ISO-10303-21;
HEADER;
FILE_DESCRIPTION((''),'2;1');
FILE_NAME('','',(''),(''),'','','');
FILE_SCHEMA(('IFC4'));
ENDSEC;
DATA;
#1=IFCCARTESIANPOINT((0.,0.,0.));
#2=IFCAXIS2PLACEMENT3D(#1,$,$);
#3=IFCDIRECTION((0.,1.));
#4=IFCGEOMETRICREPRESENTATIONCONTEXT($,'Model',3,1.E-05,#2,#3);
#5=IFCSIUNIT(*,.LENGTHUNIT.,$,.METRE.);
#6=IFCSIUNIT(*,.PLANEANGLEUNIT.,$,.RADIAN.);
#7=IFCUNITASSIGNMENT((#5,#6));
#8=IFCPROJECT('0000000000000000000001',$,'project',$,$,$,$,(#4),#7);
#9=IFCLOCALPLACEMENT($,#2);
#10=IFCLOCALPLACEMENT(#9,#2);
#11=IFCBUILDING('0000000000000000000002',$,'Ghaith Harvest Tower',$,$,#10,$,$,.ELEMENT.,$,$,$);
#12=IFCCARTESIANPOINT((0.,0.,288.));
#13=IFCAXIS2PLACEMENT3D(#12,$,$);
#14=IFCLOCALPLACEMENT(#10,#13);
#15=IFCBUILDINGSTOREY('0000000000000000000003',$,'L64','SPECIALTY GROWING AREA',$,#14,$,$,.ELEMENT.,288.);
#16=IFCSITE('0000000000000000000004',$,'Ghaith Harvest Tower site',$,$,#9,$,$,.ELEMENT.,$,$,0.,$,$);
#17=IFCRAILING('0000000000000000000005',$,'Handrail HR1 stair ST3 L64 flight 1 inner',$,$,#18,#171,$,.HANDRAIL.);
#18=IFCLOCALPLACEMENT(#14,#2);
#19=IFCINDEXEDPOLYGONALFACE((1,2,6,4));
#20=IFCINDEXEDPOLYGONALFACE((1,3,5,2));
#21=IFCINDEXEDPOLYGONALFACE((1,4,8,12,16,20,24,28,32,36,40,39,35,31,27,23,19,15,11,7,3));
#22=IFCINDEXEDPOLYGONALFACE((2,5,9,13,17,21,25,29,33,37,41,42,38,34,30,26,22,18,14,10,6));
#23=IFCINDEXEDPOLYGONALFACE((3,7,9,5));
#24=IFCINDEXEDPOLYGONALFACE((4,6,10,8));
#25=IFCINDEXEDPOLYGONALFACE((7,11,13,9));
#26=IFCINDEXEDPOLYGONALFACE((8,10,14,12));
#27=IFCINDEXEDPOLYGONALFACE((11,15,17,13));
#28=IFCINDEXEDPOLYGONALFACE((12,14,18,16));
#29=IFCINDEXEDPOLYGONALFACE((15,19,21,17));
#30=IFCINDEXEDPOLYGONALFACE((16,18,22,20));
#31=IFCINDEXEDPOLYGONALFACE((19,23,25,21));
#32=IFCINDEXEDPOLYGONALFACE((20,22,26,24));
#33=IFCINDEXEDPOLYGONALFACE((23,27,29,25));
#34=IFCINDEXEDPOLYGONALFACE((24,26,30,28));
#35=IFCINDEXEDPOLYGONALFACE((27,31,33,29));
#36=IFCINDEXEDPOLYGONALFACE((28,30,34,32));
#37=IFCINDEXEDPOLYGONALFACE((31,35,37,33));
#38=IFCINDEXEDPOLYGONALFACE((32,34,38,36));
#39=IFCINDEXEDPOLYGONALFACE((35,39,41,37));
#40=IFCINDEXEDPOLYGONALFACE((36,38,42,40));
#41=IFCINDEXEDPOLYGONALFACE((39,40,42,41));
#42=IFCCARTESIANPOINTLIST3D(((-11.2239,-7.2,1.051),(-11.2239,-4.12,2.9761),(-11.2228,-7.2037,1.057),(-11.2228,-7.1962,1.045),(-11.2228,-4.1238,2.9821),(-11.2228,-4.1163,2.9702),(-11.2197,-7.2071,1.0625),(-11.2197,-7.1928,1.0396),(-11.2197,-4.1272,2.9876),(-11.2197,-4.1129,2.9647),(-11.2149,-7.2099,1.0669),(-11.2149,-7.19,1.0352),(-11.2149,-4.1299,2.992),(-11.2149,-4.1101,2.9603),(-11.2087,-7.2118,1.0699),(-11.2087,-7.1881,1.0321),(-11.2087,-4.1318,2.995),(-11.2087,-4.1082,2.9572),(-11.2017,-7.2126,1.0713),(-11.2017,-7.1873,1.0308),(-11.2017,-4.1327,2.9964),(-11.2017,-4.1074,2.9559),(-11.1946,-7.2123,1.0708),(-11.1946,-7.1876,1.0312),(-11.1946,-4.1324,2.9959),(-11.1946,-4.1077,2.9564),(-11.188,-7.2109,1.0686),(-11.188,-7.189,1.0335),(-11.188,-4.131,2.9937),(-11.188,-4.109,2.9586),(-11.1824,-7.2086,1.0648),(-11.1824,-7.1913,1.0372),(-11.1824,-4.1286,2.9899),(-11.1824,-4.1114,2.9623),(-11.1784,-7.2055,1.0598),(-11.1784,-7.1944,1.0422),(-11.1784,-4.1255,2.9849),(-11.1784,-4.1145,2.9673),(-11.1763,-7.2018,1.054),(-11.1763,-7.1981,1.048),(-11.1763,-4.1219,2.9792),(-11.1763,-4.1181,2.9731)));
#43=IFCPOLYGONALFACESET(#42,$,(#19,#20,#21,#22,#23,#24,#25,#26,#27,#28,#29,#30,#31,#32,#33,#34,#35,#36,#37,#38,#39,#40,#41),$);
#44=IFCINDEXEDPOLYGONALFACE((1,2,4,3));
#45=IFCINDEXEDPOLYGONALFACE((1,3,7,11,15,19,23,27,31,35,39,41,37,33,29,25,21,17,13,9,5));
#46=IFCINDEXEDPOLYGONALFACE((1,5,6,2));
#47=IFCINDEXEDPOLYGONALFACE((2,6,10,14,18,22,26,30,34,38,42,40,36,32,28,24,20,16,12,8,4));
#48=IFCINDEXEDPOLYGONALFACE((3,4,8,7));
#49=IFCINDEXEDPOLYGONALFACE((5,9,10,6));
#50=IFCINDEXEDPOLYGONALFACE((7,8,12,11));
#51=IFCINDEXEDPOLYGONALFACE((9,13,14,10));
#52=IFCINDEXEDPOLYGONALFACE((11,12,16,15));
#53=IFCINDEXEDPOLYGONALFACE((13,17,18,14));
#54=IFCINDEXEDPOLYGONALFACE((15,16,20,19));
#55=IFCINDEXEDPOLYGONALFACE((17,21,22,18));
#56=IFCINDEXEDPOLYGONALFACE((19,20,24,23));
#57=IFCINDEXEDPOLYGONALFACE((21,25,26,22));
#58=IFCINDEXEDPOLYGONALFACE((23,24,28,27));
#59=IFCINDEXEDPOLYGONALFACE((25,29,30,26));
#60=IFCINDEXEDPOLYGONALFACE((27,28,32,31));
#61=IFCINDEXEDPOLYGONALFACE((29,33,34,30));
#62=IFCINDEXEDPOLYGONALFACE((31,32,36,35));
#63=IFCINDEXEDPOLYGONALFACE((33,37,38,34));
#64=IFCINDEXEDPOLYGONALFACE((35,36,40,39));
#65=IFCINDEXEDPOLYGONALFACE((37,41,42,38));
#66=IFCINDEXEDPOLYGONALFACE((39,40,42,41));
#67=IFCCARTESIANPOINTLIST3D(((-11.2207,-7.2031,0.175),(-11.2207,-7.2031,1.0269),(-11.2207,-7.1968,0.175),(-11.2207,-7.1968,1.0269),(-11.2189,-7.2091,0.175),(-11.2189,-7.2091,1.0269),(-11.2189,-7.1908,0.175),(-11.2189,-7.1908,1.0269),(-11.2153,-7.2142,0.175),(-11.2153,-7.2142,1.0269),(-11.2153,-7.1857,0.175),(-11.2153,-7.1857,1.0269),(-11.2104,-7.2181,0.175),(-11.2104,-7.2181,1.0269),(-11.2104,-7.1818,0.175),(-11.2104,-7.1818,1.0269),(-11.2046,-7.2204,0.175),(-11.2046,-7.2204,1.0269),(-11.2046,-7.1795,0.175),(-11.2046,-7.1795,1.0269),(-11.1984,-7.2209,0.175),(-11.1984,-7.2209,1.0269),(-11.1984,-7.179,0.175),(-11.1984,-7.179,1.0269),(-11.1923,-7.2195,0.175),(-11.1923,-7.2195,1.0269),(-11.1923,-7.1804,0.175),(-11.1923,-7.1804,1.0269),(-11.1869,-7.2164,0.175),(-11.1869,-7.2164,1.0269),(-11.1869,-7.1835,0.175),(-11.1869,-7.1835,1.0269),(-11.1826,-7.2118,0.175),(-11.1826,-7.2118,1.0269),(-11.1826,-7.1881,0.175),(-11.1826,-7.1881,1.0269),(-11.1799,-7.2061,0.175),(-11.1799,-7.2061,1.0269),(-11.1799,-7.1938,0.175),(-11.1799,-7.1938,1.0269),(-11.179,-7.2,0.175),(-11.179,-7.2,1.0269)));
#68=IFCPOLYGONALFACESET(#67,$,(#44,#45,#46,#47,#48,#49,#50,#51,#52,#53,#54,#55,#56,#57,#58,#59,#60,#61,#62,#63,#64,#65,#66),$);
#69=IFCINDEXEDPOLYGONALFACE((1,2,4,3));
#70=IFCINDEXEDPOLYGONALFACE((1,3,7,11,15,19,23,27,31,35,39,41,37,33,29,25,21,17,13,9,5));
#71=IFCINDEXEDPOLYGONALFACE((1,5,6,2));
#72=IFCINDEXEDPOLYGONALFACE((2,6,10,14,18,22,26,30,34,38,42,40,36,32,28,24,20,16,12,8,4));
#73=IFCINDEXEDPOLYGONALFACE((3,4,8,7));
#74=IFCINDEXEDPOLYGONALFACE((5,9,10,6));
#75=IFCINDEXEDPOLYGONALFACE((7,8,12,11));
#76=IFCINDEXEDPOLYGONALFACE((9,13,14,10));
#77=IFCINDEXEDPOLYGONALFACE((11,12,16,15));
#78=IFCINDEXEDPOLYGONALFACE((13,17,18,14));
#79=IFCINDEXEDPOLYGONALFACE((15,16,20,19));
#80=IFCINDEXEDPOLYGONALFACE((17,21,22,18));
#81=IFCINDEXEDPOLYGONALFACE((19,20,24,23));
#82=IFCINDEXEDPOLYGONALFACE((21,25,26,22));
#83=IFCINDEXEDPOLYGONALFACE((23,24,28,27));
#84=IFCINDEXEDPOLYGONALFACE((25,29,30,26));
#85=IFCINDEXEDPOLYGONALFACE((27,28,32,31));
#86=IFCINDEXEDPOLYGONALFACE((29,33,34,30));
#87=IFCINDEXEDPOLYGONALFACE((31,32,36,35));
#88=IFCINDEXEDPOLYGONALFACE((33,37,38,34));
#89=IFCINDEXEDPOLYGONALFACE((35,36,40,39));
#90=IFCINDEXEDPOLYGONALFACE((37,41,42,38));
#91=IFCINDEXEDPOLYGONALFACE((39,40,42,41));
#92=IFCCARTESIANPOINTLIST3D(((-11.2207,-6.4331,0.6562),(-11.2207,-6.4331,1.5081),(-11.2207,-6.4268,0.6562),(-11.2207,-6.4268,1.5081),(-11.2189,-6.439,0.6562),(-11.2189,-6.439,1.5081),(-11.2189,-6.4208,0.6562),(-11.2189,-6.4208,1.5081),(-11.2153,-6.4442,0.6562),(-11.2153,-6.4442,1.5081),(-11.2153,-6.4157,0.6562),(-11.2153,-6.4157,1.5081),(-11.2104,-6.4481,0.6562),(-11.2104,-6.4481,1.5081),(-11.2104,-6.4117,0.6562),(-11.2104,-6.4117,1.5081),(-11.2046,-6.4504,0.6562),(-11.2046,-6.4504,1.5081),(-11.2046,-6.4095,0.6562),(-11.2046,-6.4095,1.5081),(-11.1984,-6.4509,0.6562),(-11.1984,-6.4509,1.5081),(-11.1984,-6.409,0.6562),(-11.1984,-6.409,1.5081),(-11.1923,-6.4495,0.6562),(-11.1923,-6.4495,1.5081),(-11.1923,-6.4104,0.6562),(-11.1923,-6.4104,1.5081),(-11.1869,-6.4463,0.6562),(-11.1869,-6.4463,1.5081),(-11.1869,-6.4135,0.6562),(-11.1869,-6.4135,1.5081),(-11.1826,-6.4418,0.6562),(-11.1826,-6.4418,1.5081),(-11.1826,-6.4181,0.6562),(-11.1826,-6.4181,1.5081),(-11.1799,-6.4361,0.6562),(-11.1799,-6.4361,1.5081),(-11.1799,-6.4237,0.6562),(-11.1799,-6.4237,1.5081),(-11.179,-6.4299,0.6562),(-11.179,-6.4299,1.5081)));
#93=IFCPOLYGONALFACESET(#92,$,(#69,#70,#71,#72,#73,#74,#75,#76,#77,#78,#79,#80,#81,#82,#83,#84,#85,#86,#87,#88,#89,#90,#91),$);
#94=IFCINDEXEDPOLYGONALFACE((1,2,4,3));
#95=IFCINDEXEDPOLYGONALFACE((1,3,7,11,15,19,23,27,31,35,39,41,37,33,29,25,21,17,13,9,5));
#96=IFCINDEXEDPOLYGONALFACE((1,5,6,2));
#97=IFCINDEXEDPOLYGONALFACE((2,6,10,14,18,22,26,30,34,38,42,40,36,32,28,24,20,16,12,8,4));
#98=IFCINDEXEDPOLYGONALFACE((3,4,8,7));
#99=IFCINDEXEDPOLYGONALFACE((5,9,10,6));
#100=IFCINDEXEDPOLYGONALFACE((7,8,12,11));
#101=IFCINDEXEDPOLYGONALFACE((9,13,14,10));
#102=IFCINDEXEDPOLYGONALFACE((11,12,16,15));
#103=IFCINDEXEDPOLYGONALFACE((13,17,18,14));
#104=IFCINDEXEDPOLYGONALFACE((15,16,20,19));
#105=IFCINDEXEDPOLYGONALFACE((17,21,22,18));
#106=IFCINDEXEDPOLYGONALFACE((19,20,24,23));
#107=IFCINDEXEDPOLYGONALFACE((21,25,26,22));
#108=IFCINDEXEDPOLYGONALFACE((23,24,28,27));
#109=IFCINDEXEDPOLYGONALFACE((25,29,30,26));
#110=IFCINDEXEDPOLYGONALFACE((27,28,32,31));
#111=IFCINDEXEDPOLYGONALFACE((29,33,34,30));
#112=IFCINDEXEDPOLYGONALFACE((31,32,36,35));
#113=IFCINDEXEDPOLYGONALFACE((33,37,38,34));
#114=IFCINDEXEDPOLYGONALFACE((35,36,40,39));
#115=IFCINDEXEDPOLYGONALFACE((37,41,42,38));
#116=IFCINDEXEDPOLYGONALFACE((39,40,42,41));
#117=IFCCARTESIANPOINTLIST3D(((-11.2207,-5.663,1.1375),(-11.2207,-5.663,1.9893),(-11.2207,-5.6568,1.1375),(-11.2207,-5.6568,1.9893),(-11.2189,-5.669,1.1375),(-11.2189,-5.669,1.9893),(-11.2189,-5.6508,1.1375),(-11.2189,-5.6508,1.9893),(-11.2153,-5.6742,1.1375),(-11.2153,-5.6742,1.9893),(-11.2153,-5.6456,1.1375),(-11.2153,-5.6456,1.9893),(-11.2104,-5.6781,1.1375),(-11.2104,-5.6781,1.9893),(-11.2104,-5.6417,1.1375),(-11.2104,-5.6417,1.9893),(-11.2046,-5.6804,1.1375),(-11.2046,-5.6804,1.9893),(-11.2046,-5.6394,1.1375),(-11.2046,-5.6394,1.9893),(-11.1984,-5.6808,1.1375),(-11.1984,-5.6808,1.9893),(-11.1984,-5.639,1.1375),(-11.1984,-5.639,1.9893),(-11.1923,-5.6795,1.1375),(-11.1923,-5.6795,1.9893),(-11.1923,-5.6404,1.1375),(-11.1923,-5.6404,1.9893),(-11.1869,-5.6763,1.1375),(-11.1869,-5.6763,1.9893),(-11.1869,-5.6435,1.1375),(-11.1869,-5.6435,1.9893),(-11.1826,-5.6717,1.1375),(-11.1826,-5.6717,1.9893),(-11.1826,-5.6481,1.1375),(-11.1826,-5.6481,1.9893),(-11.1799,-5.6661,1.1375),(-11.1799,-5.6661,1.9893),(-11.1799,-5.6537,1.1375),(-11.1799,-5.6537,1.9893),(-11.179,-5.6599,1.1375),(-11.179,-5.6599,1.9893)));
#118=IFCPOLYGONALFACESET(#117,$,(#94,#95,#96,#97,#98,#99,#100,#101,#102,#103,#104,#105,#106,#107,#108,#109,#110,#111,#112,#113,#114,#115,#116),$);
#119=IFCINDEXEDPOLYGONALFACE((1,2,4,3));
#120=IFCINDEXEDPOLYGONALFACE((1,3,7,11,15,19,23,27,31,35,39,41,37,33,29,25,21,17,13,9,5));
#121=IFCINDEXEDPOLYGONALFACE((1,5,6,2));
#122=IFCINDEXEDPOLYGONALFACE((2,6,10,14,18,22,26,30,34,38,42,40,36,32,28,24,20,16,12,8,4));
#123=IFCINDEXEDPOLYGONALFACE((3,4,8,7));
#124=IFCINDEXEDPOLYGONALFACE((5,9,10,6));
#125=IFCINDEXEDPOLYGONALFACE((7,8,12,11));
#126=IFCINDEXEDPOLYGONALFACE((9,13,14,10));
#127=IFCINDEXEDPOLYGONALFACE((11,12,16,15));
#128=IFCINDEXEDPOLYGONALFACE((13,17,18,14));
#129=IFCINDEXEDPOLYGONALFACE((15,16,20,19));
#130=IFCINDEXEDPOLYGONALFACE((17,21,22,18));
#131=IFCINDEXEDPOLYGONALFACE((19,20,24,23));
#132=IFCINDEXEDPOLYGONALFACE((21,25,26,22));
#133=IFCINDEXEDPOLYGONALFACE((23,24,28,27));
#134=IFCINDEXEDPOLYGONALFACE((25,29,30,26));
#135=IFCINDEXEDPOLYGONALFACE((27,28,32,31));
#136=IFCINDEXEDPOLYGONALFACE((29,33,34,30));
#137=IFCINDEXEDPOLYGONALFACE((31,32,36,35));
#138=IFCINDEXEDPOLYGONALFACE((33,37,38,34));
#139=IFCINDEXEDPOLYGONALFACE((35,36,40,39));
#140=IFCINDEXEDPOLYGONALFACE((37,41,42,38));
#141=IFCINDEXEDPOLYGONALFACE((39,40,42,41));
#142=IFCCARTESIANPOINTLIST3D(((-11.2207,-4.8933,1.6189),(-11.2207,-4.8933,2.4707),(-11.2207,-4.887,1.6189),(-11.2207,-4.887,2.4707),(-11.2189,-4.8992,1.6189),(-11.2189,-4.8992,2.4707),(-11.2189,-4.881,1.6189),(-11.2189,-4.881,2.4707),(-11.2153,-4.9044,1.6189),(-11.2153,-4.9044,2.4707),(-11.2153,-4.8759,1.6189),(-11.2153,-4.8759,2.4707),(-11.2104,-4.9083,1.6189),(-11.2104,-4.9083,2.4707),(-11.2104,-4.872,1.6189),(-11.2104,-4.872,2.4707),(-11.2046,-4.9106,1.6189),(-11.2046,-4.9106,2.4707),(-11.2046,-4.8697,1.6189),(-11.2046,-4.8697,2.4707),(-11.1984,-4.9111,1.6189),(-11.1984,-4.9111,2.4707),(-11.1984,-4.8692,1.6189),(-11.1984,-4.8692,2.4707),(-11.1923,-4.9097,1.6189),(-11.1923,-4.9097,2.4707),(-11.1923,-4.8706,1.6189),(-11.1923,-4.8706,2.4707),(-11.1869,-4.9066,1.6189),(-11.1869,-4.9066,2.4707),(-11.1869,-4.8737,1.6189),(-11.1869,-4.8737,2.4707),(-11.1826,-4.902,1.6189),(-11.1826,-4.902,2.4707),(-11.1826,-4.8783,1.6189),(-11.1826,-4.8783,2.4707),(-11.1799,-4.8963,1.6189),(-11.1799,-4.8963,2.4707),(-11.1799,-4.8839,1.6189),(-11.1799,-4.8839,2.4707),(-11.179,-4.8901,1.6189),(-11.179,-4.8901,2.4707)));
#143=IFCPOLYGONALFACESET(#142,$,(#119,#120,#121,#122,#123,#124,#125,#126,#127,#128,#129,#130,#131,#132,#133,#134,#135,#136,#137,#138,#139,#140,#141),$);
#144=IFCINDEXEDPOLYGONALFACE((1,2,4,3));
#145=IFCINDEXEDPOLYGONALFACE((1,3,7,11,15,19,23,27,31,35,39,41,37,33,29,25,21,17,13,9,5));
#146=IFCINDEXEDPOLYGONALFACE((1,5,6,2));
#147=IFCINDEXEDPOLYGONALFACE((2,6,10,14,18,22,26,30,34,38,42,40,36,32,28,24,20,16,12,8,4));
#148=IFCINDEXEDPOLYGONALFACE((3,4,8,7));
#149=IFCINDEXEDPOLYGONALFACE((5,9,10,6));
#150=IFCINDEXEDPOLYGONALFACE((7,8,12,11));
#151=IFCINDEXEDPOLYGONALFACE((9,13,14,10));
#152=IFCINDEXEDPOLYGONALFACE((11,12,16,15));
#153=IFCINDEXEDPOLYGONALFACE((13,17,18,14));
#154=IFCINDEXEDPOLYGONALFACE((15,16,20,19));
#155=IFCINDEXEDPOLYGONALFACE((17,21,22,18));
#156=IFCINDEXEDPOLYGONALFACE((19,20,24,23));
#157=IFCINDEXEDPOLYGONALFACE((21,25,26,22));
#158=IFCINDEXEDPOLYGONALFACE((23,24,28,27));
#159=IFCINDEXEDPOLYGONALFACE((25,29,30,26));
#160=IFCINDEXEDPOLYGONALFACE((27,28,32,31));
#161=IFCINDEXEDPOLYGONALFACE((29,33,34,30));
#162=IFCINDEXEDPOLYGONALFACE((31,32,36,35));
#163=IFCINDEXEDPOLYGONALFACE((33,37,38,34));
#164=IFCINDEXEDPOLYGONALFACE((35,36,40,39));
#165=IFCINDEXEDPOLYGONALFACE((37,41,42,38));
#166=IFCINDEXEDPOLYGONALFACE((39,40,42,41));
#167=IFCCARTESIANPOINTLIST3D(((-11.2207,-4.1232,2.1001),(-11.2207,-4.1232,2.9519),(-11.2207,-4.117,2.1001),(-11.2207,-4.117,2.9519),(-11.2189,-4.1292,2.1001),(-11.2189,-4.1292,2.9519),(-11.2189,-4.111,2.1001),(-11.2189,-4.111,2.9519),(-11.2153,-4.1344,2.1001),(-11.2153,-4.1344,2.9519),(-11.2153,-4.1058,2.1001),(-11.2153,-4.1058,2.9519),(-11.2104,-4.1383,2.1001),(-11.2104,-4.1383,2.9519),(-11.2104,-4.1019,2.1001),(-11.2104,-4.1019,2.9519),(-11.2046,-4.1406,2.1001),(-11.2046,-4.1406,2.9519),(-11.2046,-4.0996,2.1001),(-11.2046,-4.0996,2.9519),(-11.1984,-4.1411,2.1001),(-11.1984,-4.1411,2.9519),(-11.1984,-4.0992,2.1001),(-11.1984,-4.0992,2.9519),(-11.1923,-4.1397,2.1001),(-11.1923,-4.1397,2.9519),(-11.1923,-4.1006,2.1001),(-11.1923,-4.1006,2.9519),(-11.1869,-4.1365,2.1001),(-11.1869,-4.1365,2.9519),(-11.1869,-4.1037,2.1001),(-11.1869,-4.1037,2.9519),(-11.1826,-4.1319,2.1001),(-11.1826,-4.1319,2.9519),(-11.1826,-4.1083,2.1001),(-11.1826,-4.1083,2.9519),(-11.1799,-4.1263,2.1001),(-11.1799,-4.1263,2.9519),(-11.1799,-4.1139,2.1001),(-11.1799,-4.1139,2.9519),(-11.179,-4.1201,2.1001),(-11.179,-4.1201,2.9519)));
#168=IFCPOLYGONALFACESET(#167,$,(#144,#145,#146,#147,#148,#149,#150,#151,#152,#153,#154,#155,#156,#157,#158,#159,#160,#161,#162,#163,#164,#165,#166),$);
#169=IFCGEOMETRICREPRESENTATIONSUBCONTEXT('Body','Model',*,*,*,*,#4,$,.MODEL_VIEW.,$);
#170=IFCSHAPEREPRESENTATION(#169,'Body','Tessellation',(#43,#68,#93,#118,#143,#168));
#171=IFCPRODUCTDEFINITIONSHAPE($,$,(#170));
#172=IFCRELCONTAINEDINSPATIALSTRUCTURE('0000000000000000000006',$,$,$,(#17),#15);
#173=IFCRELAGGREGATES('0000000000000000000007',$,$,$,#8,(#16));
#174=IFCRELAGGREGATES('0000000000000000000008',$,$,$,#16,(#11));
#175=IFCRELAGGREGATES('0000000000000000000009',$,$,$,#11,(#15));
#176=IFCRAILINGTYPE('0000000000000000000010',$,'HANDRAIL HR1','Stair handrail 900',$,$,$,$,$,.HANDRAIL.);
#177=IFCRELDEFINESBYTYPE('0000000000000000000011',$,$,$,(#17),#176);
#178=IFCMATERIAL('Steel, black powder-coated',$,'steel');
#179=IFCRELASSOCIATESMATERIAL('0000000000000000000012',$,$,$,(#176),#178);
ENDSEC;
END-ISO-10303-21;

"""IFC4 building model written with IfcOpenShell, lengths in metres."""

from ifc_helpers import new_model, si_unit, direction, frame, origin, origin_2d, place, context, subcontext, project, spatial, circle, extrude, material, type_object, element, save


model = new_model("IFC4")

# Units and contexts
model_context = context("Model", 3, precision=1e-05, world=origin(), true_north=direction((0.0, 1.0)))
body_context = subcontext(model_context, "Body", "Model", "MODEL_VIEW")
ifc_project = project(units=[si_unit("LENGTHUNIT", "METRE"), si_unit("PLANEANGLEUNIT", "RADIAN")], contexts=[model_context])

# Site, building, storey
site_placement = place(None, origin())
site = spatial("IfcSite", under=ifc_project, at=site_placement, Name="Ghaith Harvest Tower site", CompositionType="ELEMENT", RefElevation=0.0)
building_placement = place(site_placement, origin())
building = spatial("IfcBuilding", under=site, at=building_placement, Name="Ghaith Harvest Tower", CompositionType="ELEMENT")
storey_placement = place(building_placement, frame((0.0, 0.0, 288.0)))
storey = spatial("IfcBuildingStorey", under=building, at=storey_placement, Name="L64", Description="SPECIALTY GROWING AREA", CompositionType="ELEMENT", Elevation=288.0)

# Railing
ifc_material_1 = material(Name="Steel, black powder-coated", Category="steel")
railing_type = type_object("IfcRailingType", Name="HANDRAIL HR1", Description="Stair handrail 900", PredefinedType="HANDRAIL", material=ifc_material_1)
railing_1_placement = place(storey_placement, frame((-11.2, -7.2, 0.175)))
element("IfcRailing", 1, at=railing_1_placement, inside=storey, type_object=railing_type, Name="Handrail HR1 stair ST3 L64 flight 1 inner", PredefinedType="HANDRAIL", context=body_context, shape_type="SweptSolid", body=[
    extrude(circle(Radius=0.0239, at=origin_2d()), frame((0.0, 0.0, 0.876), z_axis=(0.0, 0.847979, 0.530029), x_axis=(-1.0, 0.0, 0.0)), (0.0, 0.0, 1.0), 3.6321),
    extrude(circle(Radius=0.021, at=origin_2d()), origin(), (0.0, 0.0, 1.0), 0.8518),
    extrude(circle(Radius=0.021, at=origin_2d()), frame((0.0, 0.77, 0.4812)), (0.0, 0.0, 1.0), 0.8518),
    extrude(circle(Radius=0.021, at=origin_2d()), frame((0.0, 1.54, 0.9624)), (0.0, 0.0, 1.0), 0.8518),
    extrude(circle(Radius=0.021, at=origin_2d()), frame((0.0, 2.3098, 1.4438)), (0.0, 0.0, 1.0), 0.8518),
    extrude(circle(Radius=0.021, at=origin_2d()), frame((0.0, 3.0798, 1.925)), (0.0, 0.0, 1.0), 0.8518),
])

save(model, "model.ifc")
